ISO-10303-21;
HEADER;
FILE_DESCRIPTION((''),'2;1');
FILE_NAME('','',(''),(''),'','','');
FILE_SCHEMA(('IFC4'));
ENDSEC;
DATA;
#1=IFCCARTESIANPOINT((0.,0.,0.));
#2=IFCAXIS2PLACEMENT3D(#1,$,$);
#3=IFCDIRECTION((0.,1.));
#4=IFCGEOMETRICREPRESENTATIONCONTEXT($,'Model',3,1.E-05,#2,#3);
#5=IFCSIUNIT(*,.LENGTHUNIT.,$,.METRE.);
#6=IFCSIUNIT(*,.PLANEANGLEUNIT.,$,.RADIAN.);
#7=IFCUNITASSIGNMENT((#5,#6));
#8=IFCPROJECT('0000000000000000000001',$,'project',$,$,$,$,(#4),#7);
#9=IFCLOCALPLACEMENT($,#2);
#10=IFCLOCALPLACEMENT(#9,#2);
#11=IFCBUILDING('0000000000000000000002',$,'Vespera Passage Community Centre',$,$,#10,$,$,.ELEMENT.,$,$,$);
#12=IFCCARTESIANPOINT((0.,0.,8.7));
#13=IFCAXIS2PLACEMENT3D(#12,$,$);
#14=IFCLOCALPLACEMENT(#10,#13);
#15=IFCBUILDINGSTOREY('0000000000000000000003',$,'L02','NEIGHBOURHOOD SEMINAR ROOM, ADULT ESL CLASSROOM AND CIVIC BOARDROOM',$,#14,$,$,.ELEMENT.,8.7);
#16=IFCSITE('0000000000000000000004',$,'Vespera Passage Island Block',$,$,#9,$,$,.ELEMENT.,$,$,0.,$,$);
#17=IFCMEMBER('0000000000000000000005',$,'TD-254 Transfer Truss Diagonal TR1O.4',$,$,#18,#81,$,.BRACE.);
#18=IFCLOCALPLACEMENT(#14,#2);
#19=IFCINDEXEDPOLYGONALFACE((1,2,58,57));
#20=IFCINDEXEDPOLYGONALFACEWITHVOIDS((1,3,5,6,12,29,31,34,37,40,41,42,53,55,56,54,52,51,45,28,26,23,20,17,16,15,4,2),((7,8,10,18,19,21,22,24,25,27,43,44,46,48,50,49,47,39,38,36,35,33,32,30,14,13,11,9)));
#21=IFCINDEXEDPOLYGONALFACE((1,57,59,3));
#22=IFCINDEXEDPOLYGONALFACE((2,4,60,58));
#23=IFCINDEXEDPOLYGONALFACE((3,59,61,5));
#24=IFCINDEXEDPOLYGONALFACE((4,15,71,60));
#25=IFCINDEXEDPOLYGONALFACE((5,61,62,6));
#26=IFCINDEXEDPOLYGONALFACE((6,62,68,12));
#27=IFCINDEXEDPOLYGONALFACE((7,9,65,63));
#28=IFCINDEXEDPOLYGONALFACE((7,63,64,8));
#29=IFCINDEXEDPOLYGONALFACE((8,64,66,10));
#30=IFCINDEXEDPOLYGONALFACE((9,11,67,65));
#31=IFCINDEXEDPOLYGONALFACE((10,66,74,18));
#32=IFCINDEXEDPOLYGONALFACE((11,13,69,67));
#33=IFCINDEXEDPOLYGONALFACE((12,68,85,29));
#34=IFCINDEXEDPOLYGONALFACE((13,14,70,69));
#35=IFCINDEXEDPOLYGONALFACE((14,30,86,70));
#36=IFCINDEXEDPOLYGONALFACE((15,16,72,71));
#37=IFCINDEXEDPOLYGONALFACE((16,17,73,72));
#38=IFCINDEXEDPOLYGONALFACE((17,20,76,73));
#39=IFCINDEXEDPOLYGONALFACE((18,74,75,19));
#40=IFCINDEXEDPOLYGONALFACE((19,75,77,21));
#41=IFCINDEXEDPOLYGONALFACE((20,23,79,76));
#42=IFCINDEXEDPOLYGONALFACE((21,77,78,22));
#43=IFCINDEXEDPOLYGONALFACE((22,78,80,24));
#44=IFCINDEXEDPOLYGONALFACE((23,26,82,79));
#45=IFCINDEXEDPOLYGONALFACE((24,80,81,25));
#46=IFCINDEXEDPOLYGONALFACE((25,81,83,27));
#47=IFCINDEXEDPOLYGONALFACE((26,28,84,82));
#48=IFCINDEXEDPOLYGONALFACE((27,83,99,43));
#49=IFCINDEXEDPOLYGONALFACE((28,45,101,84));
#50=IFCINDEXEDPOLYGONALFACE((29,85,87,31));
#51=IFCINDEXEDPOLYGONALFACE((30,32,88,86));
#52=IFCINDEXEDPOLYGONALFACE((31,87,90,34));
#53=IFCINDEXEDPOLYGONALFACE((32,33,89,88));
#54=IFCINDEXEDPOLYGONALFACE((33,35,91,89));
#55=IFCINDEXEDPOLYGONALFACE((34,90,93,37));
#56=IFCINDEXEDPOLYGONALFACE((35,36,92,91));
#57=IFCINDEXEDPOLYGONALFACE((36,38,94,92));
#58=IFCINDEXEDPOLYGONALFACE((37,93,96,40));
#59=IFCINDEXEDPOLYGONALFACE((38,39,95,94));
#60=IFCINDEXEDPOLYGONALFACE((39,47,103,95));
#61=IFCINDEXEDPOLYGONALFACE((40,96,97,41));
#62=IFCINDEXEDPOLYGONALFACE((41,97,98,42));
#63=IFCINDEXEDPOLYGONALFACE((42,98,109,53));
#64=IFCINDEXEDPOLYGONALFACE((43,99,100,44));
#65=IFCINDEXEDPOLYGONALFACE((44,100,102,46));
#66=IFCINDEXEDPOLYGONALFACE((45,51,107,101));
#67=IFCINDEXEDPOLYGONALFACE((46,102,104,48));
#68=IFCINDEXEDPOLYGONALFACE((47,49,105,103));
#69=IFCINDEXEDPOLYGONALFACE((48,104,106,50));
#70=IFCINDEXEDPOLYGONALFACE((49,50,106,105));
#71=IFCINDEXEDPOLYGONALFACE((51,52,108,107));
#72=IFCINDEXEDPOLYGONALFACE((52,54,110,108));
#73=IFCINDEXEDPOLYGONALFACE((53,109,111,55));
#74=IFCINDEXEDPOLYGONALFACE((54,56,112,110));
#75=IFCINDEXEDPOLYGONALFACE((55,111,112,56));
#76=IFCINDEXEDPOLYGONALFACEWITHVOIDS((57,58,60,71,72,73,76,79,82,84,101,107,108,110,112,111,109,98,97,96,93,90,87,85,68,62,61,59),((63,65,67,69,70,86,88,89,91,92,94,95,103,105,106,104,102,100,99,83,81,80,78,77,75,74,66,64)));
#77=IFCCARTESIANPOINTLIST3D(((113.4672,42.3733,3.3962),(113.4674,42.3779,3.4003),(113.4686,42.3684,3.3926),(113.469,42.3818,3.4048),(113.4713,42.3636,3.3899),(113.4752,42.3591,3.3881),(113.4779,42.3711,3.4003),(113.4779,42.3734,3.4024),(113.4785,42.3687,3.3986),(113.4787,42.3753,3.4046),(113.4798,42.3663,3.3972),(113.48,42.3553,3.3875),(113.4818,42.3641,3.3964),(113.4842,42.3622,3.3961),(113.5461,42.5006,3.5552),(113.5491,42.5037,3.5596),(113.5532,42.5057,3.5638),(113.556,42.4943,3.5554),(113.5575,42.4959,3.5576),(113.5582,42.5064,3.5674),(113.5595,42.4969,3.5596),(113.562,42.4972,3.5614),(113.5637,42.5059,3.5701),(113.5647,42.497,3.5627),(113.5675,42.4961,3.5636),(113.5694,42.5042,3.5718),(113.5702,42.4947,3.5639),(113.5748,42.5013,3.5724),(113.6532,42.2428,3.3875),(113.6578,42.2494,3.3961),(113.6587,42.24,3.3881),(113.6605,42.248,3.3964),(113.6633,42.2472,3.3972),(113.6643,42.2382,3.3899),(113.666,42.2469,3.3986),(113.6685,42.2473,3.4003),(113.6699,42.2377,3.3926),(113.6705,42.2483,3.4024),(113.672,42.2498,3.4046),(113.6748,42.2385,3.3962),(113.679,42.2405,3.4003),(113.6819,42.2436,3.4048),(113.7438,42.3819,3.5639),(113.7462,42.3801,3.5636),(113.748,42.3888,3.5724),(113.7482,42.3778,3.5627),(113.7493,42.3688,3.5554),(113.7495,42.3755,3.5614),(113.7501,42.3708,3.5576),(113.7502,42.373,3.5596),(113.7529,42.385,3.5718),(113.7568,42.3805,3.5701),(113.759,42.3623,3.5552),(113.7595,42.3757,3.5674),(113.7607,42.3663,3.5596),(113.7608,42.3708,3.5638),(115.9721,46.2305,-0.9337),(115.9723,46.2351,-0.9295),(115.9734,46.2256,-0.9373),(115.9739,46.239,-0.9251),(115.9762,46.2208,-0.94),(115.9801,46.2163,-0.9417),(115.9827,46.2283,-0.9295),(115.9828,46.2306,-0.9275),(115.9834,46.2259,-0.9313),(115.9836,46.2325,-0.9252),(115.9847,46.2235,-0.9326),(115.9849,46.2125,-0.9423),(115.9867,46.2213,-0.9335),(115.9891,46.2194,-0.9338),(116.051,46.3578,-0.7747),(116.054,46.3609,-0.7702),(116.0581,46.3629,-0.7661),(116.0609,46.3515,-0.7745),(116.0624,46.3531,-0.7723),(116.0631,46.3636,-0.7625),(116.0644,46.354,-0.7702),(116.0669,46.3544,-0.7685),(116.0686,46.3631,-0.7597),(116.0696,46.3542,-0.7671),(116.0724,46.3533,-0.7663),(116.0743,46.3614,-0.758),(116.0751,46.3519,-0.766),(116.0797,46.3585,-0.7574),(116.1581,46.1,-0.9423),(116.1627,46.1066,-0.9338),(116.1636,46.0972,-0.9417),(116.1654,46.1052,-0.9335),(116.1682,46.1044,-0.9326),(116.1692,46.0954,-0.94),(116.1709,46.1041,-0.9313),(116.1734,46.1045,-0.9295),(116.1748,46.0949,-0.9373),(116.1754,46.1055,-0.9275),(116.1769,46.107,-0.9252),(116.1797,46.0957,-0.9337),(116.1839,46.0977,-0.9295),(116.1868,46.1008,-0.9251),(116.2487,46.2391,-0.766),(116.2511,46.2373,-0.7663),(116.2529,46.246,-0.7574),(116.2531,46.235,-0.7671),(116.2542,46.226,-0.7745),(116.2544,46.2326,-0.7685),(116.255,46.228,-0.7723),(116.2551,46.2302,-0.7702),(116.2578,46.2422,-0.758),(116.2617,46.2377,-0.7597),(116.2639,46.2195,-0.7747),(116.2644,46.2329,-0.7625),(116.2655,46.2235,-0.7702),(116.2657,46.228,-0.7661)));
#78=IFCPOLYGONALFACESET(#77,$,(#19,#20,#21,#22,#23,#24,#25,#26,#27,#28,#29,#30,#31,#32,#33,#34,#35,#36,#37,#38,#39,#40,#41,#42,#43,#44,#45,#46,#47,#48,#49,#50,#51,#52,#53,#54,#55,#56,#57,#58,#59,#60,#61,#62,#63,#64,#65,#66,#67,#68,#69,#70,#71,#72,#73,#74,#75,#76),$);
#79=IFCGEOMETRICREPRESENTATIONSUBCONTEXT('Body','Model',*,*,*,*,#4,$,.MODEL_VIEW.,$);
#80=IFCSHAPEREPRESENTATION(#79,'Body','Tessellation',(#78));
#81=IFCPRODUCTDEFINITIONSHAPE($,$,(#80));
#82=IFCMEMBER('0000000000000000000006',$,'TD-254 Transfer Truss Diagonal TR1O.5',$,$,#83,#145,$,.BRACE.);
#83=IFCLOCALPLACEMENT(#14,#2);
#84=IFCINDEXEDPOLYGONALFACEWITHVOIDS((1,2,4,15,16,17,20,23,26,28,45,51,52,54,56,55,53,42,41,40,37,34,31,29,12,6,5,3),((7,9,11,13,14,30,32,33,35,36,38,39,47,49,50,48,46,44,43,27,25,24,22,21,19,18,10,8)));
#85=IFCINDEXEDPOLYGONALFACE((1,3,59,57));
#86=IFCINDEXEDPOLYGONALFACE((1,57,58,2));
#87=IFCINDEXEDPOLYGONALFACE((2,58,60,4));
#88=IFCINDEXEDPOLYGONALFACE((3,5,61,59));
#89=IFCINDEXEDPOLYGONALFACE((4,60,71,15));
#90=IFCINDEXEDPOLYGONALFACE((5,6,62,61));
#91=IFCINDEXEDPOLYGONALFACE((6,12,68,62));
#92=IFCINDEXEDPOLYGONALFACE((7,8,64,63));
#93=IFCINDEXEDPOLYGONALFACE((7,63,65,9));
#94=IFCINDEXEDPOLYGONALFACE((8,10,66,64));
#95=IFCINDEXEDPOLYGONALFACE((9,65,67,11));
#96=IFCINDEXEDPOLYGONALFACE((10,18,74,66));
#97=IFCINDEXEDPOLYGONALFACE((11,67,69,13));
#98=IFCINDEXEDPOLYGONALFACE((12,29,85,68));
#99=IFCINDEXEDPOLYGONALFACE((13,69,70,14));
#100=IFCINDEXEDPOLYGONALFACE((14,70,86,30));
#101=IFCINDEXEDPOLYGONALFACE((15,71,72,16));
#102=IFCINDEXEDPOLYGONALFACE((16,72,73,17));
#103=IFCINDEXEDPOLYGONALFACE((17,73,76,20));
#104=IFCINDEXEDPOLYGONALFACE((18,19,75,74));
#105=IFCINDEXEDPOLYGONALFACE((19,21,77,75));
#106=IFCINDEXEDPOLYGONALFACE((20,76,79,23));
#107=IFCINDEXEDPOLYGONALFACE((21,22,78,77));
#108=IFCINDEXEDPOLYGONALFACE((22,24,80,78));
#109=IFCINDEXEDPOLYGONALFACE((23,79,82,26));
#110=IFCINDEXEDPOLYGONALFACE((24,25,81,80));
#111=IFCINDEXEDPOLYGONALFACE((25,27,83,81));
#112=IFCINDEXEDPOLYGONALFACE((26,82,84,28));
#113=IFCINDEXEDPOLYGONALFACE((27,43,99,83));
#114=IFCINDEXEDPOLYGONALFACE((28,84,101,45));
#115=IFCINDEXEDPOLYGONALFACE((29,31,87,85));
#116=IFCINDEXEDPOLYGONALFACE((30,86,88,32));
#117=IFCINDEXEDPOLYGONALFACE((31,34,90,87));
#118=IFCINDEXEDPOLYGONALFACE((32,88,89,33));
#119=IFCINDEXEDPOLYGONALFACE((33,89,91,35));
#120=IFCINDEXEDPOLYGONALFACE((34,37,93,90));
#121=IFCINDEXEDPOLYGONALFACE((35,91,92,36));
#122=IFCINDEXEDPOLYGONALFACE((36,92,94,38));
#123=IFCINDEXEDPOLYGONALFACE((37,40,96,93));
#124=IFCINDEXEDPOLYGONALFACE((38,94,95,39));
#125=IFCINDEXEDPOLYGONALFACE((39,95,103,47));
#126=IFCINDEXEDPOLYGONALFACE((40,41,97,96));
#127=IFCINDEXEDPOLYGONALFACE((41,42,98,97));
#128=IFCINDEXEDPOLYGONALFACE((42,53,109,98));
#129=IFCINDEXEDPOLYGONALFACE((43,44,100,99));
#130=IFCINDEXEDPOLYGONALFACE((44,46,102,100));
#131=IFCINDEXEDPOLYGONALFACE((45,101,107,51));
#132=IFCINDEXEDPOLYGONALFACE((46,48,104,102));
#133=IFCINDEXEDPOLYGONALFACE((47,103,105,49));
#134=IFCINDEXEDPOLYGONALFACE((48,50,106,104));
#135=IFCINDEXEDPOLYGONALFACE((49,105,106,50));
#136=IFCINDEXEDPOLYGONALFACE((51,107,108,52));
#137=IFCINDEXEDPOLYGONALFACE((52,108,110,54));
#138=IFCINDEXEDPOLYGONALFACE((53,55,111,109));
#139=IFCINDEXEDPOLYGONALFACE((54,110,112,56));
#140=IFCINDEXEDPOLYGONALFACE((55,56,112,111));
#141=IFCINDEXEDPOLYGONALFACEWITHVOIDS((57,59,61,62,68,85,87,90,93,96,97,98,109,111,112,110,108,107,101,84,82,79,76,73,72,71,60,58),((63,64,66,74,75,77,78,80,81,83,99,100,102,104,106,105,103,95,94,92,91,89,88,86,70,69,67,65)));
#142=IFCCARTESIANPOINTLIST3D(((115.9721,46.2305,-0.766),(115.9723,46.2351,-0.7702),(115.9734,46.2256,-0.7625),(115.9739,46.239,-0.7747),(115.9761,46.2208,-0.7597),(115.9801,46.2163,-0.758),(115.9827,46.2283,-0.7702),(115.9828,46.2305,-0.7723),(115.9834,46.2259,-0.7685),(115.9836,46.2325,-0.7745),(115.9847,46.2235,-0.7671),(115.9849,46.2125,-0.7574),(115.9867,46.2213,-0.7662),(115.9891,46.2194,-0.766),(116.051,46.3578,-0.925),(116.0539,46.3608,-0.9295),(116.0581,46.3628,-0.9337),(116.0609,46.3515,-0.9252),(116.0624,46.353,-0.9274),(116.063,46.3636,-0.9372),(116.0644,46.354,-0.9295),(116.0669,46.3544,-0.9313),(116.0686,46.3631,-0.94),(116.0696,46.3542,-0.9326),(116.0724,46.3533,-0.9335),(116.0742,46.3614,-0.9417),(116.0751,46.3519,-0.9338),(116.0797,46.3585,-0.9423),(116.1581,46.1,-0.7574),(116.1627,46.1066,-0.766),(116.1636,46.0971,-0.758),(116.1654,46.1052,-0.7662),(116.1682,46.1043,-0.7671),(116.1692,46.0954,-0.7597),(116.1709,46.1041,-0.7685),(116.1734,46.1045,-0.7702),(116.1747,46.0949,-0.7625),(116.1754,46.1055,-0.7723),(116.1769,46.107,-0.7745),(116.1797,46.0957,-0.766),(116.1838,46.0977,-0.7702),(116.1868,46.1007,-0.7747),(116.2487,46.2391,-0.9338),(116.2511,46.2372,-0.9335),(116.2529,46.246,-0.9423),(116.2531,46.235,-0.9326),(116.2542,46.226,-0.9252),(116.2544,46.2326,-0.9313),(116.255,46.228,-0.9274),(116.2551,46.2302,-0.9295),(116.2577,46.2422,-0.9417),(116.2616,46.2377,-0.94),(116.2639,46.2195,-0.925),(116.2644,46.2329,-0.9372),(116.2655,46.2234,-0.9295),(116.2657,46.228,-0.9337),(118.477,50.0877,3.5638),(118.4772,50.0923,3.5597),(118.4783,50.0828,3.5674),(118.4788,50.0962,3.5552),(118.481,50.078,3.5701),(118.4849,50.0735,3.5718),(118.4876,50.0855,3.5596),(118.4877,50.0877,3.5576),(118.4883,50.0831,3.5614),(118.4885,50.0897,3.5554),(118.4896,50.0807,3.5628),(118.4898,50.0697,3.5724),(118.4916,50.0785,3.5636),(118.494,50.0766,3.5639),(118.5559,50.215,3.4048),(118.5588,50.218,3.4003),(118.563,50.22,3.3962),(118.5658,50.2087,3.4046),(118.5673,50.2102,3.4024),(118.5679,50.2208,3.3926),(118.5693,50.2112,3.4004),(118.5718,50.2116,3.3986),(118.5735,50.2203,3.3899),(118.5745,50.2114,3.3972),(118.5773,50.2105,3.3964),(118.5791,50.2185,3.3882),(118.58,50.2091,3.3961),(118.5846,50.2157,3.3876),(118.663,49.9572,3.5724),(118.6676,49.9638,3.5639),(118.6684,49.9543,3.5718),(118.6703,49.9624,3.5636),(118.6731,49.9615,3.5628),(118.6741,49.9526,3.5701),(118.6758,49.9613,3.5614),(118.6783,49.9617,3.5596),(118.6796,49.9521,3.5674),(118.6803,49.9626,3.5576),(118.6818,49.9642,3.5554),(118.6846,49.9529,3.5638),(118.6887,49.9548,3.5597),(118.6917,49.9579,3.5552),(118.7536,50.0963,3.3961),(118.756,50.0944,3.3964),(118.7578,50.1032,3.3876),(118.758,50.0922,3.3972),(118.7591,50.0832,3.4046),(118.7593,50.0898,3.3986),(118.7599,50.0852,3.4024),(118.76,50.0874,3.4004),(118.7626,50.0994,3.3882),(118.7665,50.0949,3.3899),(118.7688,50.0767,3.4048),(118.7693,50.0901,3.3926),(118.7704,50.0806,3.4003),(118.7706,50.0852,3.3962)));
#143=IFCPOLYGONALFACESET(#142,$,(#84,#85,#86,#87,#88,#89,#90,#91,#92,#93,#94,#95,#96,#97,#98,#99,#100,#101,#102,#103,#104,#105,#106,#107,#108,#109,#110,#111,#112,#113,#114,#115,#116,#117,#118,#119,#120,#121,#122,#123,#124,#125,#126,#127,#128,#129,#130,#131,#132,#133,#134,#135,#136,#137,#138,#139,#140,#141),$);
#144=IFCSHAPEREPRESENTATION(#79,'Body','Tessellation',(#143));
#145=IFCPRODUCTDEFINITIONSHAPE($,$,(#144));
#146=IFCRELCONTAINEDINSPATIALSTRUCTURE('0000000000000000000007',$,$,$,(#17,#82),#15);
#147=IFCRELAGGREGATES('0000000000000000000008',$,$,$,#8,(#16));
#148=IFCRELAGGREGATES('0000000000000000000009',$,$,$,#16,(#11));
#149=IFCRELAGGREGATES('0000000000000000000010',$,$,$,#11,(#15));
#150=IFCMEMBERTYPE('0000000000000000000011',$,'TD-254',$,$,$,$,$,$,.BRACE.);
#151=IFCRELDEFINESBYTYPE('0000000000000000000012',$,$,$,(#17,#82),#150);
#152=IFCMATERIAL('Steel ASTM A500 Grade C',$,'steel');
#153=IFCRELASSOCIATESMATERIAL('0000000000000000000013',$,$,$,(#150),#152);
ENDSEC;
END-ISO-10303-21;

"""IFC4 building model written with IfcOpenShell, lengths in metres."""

from ifc_helpers import new_model, si_unit, direction, frame, origin, origin_2d, place, context, subcontext, project, spatial, hollow_rectangle, extrude, material, material_profile, profile_set, type_object, element, save


model = new_model("IFC4")

# Units and contexts
model_context = context("Model", 3, precision=1e-05, world=origin(), true_north=direction((0.0, 1.0)))
body_context = subcontext(model_context, "Body", "Model", "MODEL_VIEW")
ifc_project = project(units=[si_unit("LENGTHUNIT", "METRE"), si_unit("PLANEANGLEUNIT", "RADIAN")], contexts=[model_context])

# Site, building, storey
site_placement = place(None, origin())
site = spatial("IfcSite", under=ifc_project, at=site_placement, Name="Vespera Passage Island Block", CompositionType="ELEMENT", RefElevation=0.0)
building_placement = place(site_placement, origin())
building = spatial("IfcBuilding", under=site, at=building_placement, Name="Vespera Passage Community Centre", CompositionType="ELEMENT")
storey_placement = place(building_placement, frame((0.0, 0.0, 8.7)))
storey = spatial("IfcBuildingStorey", under=building, at=storey_placement, Name="L02", Description="NEIGHBOURHOOD SEMINAR ROOM, ADULT ESL CLASSROOM AND CIVIC BOARDROOM", CompositionType="ELEMENT", Elevation=8.7)

# Members
ifc_material_1 = material(Name="Steel ASTM A500 Grade C", Category="steel")
ifc_material_profile_1 = material_profile(ifc_material_1, hollow_rectangle(XDim=0.2539, YDim=0.2539, WallThickness=0.0117, InnerFilletRadius=0.0117, OuterFilletRadius=0.0237, at=origin_2d()), Name="HSS254X254X12.7")
ifc_profile_set_1 = profile_set([ifc_material_profile_1], Name="Steel ASTM A500 Grade C")
member_type_1 = type_object("IfcMemberType", Name="TD-254", PredefinedType="BRACE", material=ifc_profile_set_1)
for number, where, z_axis, x_axis, name in (
    (1, (113.614, 42.3721, 3.48), (0.396554, 0.610639, -0.685467), (-0.83867, 0.544639, 0.0), "TD-254 Transfer Truss Diagonal TR1O.4"),
    (2, (116.1189, 46.2292, -0.8499), (0.396554, 0.610639, 0.685467), (-0.83867, 0.544639, 0.0), "TD-254 Transfer Truss Diagonal TR1O.5"),
):
    element("IfcMember", number, at=place(storey_placement, frame(where, z_axis=z_axis, x_axis=x_axis)), inside=storey, type_object=member_type_1, Name=name, PredefinedType="BRACE", context=body_context, shape_type="SweptSolid", body=[
        extrude(hollow_rectangle(XDim=0.2539, YDim=0.2539, WallThickness=0.0117, InnerFilletRadius=0.0117, OuterFilletRadius=0.0237, at=origin_2d()), origin(), (0.0, 0.0, 1.0), 6.3167),
    ])

save(model, "model.ifc")
